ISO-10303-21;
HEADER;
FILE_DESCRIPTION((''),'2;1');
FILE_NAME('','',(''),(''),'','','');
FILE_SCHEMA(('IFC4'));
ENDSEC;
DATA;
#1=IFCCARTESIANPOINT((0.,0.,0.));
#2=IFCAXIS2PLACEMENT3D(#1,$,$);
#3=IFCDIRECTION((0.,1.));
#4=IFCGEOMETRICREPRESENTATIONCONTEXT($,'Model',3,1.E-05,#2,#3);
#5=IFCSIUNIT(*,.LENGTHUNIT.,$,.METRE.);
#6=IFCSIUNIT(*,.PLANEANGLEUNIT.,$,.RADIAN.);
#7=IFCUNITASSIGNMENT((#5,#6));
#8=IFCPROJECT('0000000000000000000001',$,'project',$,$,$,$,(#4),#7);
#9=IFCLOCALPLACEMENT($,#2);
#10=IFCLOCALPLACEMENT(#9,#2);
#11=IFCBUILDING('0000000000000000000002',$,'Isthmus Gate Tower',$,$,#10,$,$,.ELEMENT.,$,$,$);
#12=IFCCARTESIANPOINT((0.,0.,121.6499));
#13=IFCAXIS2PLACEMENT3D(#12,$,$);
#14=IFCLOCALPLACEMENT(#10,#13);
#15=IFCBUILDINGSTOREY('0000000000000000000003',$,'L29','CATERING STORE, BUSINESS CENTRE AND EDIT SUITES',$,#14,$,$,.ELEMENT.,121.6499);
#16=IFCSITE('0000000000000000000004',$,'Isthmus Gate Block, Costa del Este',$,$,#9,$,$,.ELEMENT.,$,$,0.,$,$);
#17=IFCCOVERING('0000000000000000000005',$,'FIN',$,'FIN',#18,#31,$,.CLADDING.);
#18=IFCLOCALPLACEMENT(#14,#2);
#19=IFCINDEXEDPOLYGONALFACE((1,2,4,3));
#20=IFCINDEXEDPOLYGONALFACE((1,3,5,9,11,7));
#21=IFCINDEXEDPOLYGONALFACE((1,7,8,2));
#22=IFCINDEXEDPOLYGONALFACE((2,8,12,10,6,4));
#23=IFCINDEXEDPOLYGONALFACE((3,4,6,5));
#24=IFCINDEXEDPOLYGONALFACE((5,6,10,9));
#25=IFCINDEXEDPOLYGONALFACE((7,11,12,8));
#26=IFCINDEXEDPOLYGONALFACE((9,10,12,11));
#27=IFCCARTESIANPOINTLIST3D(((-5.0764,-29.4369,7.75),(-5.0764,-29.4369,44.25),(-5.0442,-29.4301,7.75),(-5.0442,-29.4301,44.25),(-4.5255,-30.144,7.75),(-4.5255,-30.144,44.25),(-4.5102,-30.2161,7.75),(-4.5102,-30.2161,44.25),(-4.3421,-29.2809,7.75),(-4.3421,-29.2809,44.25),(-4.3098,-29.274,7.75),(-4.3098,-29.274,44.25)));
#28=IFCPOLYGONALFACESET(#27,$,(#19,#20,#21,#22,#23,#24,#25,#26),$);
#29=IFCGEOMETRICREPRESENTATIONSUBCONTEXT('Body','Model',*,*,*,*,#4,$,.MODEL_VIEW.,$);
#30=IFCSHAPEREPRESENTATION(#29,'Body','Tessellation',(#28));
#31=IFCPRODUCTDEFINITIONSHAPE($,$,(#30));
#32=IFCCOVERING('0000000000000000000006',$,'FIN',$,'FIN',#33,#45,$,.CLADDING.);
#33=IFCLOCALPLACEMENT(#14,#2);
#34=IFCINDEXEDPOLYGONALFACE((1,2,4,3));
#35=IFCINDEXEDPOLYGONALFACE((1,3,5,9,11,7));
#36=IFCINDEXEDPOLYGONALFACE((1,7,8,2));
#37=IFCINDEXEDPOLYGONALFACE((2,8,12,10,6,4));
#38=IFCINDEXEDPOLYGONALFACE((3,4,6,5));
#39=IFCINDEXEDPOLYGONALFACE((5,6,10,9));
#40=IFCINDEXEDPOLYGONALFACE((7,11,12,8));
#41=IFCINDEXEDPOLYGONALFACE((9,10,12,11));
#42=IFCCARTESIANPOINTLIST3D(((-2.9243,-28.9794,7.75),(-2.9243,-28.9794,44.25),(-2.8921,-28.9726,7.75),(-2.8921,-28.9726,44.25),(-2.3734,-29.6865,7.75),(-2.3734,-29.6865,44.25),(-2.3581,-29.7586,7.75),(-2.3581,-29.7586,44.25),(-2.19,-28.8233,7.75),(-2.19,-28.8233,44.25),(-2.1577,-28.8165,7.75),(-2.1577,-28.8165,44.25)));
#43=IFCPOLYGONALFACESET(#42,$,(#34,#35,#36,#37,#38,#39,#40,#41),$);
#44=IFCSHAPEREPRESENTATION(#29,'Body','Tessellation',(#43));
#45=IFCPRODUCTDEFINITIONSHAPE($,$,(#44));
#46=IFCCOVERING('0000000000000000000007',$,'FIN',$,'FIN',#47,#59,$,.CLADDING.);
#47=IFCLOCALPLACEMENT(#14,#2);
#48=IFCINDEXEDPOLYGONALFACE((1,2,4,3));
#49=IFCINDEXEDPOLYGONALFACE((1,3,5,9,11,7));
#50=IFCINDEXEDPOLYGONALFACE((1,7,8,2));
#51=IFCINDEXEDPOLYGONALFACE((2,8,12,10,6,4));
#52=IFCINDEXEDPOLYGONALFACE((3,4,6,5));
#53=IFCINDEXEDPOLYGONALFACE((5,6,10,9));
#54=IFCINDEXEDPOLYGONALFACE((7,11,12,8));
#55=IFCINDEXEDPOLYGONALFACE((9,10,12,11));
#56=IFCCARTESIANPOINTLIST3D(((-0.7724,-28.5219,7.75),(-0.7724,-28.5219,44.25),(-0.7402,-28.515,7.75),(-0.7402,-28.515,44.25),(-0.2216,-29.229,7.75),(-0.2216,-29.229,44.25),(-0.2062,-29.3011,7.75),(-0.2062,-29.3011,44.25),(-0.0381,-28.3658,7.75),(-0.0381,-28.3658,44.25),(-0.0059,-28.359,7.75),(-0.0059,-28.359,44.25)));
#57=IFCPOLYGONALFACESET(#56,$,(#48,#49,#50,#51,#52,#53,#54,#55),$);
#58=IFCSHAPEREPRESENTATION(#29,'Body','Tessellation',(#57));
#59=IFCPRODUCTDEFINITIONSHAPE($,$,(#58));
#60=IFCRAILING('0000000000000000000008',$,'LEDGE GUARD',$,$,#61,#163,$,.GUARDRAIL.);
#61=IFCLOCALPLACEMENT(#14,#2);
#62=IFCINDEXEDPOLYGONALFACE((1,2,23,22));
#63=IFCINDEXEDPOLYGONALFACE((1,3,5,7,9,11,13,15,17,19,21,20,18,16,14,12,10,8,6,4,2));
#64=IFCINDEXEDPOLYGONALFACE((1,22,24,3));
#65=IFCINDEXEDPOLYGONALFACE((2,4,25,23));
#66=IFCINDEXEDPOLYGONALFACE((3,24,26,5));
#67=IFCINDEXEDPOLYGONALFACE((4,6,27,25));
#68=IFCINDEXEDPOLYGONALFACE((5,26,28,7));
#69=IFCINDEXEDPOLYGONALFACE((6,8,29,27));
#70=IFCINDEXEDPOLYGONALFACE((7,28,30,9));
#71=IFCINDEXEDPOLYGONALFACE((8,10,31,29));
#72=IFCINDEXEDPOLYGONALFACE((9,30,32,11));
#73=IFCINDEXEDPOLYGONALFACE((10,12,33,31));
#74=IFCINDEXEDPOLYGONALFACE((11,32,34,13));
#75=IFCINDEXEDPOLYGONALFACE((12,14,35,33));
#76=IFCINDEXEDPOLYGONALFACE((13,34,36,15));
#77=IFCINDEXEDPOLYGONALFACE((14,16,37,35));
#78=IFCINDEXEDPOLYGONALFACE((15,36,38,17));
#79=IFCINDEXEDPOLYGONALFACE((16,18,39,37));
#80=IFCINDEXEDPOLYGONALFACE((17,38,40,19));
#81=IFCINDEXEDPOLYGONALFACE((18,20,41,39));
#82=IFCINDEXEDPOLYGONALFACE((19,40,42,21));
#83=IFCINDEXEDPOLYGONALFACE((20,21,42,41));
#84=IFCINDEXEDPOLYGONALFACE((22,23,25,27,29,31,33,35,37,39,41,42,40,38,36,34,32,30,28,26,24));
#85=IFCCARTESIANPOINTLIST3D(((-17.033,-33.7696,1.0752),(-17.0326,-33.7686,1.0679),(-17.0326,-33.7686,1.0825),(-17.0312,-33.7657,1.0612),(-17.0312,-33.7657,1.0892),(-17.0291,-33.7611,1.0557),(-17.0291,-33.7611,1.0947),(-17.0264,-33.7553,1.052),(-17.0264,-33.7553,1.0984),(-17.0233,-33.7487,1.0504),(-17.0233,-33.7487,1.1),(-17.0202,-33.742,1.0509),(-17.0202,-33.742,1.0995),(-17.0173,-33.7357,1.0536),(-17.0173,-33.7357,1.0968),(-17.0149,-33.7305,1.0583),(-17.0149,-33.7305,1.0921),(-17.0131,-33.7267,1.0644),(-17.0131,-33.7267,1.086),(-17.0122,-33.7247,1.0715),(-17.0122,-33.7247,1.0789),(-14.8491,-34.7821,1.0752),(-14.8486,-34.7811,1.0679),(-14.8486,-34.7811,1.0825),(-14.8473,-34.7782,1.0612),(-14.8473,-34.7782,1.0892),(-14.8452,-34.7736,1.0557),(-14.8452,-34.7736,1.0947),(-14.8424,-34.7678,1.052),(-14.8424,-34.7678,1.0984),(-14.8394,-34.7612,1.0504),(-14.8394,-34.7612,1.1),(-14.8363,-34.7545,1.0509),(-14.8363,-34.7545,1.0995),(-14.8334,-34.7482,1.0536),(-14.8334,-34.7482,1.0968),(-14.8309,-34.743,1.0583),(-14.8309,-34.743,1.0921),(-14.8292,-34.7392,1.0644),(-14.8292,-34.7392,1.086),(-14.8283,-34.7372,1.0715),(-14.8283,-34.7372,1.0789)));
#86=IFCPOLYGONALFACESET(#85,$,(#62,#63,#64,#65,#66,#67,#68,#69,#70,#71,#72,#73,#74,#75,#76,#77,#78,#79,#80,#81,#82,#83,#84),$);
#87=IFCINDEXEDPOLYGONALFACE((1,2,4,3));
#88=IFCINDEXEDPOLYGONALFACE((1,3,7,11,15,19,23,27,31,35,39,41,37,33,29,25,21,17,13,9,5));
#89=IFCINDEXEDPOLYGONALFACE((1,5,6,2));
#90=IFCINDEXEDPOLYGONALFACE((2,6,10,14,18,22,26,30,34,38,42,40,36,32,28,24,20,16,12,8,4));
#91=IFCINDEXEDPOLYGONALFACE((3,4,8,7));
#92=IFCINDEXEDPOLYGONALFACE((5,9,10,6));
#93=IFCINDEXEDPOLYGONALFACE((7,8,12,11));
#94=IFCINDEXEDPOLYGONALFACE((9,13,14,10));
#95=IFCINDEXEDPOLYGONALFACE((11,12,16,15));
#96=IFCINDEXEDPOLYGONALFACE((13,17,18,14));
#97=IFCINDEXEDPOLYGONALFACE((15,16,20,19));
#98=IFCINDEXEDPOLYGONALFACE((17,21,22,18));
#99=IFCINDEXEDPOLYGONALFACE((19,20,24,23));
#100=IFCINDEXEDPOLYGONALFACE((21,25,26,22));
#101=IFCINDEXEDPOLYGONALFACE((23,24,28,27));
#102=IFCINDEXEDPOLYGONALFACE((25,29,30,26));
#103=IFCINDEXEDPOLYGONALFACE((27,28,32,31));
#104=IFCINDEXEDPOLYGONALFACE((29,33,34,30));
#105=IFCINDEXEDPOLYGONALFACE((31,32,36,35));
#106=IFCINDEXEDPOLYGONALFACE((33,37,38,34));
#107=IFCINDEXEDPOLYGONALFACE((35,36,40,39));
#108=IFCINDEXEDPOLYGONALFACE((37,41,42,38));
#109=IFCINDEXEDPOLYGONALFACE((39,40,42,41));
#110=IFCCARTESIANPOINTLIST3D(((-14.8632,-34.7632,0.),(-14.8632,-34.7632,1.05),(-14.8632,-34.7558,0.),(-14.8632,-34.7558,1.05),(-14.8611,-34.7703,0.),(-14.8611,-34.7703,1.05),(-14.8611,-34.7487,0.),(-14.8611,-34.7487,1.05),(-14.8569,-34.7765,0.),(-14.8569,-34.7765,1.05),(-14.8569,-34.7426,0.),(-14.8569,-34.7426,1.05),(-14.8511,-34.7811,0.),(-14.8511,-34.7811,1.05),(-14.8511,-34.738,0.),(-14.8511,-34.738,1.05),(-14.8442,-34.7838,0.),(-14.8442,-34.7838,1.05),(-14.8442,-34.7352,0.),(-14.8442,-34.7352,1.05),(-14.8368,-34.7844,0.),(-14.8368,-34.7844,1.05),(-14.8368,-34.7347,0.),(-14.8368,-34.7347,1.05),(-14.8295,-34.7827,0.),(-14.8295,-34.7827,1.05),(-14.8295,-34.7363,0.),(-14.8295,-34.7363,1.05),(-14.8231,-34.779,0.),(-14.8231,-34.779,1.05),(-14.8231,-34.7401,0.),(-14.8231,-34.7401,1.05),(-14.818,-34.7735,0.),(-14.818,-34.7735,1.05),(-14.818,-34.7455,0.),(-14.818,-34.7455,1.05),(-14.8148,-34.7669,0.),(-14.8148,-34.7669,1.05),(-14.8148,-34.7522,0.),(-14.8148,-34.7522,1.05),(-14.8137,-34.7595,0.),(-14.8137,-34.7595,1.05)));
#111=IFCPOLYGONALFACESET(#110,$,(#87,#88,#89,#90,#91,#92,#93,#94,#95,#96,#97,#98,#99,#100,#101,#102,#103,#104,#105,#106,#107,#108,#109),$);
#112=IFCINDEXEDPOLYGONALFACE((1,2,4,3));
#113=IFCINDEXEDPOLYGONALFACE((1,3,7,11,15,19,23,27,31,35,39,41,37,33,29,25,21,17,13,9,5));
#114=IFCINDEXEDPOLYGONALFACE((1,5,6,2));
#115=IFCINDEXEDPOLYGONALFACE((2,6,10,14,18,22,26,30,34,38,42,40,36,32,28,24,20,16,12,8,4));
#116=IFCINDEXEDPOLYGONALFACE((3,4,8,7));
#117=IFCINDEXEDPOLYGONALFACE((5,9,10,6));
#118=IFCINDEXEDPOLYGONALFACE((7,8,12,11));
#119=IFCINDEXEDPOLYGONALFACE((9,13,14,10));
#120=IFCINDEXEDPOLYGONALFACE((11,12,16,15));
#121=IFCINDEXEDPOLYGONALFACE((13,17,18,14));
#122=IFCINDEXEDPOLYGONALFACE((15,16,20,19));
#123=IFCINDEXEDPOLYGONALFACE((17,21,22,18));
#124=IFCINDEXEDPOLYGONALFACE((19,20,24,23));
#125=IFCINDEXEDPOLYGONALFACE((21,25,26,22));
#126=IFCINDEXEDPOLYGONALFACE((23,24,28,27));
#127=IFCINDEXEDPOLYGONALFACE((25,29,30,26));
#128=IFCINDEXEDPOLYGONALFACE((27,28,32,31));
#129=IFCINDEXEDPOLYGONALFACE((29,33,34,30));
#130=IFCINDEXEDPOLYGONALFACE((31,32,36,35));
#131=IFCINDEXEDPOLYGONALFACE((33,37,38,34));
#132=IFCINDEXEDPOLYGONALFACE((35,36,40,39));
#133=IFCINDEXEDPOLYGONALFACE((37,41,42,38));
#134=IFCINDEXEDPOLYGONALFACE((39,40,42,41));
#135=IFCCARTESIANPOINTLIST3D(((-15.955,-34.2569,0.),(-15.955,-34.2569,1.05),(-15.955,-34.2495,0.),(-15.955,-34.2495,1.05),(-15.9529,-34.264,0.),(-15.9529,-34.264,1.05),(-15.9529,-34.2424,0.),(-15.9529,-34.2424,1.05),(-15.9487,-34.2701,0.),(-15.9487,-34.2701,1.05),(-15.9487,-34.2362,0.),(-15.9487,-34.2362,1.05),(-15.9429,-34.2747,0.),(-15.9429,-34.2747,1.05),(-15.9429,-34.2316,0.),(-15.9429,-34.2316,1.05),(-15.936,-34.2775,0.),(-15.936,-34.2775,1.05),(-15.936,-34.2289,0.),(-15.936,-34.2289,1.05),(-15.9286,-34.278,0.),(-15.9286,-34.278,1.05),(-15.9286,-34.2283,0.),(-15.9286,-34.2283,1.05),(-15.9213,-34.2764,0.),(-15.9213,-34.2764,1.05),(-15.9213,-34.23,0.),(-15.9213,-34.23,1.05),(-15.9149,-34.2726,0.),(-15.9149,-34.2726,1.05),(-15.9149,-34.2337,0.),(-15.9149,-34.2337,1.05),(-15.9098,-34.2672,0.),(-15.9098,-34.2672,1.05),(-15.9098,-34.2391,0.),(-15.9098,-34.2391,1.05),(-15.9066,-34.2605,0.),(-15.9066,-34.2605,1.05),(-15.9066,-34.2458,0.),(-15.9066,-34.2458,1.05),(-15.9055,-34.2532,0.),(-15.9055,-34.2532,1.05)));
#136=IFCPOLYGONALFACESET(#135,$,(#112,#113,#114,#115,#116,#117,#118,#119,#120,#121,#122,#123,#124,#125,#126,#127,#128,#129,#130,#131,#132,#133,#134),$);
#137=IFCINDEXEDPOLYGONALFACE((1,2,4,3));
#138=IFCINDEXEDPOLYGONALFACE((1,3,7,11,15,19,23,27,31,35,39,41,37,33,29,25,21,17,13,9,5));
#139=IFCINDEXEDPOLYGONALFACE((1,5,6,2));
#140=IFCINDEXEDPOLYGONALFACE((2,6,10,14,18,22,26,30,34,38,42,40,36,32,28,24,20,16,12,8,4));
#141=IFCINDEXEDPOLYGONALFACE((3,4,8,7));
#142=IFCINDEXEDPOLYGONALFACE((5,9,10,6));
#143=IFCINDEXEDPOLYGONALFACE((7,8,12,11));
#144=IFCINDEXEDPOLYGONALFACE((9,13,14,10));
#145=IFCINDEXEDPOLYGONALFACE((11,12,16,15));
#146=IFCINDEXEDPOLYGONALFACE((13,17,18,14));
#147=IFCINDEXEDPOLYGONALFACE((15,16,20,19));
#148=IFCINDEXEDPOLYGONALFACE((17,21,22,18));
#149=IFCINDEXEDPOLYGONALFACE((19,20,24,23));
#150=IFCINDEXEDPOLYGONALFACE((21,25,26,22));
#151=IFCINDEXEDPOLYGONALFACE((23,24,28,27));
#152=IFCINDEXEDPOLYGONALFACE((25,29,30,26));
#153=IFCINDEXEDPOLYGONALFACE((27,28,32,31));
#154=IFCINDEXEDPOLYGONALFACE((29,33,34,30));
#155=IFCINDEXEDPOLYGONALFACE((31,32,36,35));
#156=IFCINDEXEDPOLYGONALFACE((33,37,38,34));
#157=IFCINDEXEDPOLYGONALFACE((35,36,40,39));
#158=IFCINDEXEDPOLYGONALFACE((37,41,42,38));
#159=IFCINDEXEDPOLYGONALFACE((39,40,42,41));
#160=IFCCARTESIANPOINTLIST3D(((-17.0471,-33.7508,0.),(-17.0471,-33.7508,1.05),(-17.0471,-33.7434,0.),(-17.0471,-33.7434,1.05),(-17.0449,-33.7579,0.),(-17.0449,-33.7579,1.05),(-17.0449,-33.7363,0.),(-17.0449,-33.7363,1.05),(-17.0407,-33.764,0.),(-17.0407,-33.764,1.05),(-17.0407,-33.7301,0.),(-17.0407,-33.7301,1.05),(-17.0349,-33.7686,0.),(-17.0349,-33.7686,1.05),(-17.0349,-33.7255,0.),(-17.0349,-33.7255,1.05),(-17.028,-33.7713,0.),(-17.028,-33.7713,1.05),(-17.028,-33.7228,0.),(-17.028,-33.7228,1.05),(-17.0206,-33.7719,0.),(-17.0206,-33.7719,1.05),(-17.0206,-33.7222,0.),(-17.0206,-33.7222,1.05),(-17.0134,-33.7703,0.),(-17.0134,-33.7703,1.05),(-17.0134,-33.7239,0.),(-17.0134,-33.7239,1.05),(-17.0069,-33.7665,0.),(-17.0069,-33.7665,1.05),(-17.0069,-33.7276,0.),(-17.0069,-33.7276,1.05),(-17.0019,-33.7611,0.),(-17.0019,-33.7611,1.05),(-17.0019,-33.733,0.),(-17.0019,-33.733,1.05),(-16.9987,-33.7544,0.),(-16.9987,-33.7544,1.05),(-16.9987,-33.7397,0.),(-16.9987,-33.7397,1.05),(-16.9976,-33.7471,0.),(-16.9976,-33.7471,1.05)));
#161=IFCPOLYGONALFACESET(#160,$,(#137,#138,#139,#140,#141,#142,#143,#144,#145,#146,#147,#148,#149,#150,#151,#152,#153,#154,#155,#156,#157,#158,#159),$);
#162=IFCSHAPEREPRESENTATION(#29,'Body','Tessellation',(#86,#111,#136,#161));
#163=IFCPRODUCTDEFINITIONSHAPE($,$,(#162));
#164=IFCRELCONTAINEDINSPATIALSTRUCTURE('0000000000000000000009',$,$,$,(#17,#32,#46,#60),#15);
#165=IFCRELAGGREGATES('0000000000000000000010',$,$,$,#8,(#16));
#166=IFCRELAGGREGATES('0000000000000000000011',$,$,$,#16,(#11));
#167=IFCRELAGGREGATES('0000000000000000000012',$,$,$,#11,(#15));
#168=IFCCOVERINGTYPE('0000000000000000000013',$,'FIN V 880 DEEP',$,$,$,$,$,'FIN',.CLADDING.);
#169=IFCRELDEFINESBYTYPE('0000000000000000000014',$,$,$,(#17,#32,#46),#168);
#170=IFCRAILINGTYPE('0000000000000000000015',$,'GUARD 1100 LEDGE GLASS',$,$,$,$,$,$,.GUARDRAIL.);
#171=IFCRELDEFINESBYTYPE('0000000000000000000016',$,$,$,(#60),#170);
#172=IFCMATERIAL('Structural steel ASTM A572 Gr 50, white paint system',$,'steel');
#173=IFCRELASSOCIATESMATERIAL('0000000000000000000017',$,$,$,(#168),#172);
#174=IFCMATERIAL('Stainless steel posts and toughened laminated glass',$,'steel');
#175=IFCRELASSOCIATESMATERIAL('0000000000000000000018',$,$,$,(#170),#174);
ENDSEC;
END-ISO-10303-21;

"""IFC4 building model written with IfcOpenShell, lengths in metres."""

from ifc_helpers import new_model, si_unit, direction, frame, origin, origin_2d, place, context, subcontext, project, spatial, polyline, circle, outline, extrude, material, material_profile, profile_set, type_object, element, save


model = new_model("IFC4")

# Units and contexts
model_context = context("Model", 3, precision=1e-05, world=origin(), true_north=direction((0.0, 1.0)))
body_context = subcontext(model_context, "Body", "Model", "MODEL_VIEW")
ifc_project = project(units=[si_unit("LENGTHUNIT", "METRE"), si_unit("PLANEANGLEUNIT", "RADIAN")], contexts=[model_context])

# Site, building, storey
site_placement = place(None, origin())
site = spatial("IfcSite", under=ifc_project, at=site_placement, Name="Isthmus Gate Block, Costa del Este", CompositionType="ELEMENT", RefElevation=0.0)
building_placement = place(site_placement, origin())
building = spatial("IfcBuilding", under=site, at=building_placement, Name="Isthmus Gate Tower", CompositionType="ELEMENT")
storey_placement = place(building_placement, frame((0.0, 0.0, 121.6499)))
storey = spatial("IfcBuildingStorey", under=building, at=storey_placement, Name="L29", Description="CATERING STORE, BUSINESS CENTRE AND EDIT SUITES", CompositionType="ELEMENT", Elevation=121.6499)

# Coverings
ifc_material_1 = material(Name="Structural steel ASTM A572 Gr 50, white paint system", Category="steel")
ifc_material_profile_1 = material_profile(ifc_material_1, outline(polyline([(0.0, -0.3918), (0.8799, 0.0), (0.0, 0.3918), (0.0, 0.3589), (0.8062, 0.0), (0.0, -0.3589), (0.0, -0.3918)])), Name="V880")
ifc_profile_set_1 = profile_set([ifc_material_profile_1], Name="Structural steel ASTM A572 Gr 50, white paint system")
covering_type_1 = type_object("IfcCoveringType", Name="FIN V 880 DEEP", ElementType="FIN", PredefinedType="CLADDING", material=ifc_profile_set_1)
for number, where, z_axis, x_axis, name in (
    (1, (-4.6931, -29.3555, 7.75), (0.0, 0.0, 1.0), (0.207912, -0.978148, 0.0), "FIN"),
    (2, (-2.541, -28.8979, 7.75), (0.0, 0.0, 1.0), (0.207912, -0.978148, 0.0), "FIN"),
    (3, (-0.3892, -28.4404, 7.75), (0.0, 0.0, 1.0), (0.207912, -0.978148, 0.0), "FIN"),
):
    element("IfcCovering", number, at=place(storey_placement, frame(where, z_axis=z_axis, x_axis=x_axis)), inside=storey, type_object=covering_type_1, Name=name, ObjectType="FIN", PredefinedType="CLADDING", context=body_context, shape_type="SweptSolid", body=[
        extrude(outline(polyline([(0.0, -0.3918), (0.8799, 0.0), (0.0, 0.3918), (0.0, 0.3589), (0.8062, 0.0), (0.0, -0.3589), (0.0, -0.3918)])), origin(), (0.0, 0.0, 1.0), 36.5),
    ])

# Railing
ifc_material_2 = material(Name="Stainless steel posts and toughened laminated glass", Category="steel")
railing_type_1 = type_object("IfcRailingType", Name="GUARD 1100 LEDGE GLASS", PredefinedType="GUARDRAIL", material=ifc_material_2)
railing_1_placement = place(storey_placement, frame((-14.8386, -34.7595, 0.0)))
element("IfcRailing", 4, at=railing_1_placement, inside=storey, type_object=railing_type_1, Name="LEDGE GUARD", PredefinedType="GUARDRAIL", context=body_context, shape_type="SweptSolid", body=[
    extrude(circle(Radius=0.0249, at=origin_2d()), frame((0.0, 0.0, 1.0752), z_axis=(-0.907243, 0.420608, 0.0), x_axis=(-0.420608, -0.907243, 0.0)), (0.0, 0.0, 1.0), 2.4072),
    extrude(circle(Radius=0.0249, at=origin_2d()), origin(), (0.0, 0.0, 1.0), 1.05),
    extrude(circle(Radius=0.0249, at=origin_2d()), frame((-1.0918, 0.5063, 0.0)), (0.0, 0.0, 1.0), 1.05),
    extrude(circle(Radius=0.0249, at=origin_2d()), frame((-2.1838, 1.0125, 0.0)), (0.0, 0.0, 1.0), 1.05),
])

save(model, "model.ifc")
